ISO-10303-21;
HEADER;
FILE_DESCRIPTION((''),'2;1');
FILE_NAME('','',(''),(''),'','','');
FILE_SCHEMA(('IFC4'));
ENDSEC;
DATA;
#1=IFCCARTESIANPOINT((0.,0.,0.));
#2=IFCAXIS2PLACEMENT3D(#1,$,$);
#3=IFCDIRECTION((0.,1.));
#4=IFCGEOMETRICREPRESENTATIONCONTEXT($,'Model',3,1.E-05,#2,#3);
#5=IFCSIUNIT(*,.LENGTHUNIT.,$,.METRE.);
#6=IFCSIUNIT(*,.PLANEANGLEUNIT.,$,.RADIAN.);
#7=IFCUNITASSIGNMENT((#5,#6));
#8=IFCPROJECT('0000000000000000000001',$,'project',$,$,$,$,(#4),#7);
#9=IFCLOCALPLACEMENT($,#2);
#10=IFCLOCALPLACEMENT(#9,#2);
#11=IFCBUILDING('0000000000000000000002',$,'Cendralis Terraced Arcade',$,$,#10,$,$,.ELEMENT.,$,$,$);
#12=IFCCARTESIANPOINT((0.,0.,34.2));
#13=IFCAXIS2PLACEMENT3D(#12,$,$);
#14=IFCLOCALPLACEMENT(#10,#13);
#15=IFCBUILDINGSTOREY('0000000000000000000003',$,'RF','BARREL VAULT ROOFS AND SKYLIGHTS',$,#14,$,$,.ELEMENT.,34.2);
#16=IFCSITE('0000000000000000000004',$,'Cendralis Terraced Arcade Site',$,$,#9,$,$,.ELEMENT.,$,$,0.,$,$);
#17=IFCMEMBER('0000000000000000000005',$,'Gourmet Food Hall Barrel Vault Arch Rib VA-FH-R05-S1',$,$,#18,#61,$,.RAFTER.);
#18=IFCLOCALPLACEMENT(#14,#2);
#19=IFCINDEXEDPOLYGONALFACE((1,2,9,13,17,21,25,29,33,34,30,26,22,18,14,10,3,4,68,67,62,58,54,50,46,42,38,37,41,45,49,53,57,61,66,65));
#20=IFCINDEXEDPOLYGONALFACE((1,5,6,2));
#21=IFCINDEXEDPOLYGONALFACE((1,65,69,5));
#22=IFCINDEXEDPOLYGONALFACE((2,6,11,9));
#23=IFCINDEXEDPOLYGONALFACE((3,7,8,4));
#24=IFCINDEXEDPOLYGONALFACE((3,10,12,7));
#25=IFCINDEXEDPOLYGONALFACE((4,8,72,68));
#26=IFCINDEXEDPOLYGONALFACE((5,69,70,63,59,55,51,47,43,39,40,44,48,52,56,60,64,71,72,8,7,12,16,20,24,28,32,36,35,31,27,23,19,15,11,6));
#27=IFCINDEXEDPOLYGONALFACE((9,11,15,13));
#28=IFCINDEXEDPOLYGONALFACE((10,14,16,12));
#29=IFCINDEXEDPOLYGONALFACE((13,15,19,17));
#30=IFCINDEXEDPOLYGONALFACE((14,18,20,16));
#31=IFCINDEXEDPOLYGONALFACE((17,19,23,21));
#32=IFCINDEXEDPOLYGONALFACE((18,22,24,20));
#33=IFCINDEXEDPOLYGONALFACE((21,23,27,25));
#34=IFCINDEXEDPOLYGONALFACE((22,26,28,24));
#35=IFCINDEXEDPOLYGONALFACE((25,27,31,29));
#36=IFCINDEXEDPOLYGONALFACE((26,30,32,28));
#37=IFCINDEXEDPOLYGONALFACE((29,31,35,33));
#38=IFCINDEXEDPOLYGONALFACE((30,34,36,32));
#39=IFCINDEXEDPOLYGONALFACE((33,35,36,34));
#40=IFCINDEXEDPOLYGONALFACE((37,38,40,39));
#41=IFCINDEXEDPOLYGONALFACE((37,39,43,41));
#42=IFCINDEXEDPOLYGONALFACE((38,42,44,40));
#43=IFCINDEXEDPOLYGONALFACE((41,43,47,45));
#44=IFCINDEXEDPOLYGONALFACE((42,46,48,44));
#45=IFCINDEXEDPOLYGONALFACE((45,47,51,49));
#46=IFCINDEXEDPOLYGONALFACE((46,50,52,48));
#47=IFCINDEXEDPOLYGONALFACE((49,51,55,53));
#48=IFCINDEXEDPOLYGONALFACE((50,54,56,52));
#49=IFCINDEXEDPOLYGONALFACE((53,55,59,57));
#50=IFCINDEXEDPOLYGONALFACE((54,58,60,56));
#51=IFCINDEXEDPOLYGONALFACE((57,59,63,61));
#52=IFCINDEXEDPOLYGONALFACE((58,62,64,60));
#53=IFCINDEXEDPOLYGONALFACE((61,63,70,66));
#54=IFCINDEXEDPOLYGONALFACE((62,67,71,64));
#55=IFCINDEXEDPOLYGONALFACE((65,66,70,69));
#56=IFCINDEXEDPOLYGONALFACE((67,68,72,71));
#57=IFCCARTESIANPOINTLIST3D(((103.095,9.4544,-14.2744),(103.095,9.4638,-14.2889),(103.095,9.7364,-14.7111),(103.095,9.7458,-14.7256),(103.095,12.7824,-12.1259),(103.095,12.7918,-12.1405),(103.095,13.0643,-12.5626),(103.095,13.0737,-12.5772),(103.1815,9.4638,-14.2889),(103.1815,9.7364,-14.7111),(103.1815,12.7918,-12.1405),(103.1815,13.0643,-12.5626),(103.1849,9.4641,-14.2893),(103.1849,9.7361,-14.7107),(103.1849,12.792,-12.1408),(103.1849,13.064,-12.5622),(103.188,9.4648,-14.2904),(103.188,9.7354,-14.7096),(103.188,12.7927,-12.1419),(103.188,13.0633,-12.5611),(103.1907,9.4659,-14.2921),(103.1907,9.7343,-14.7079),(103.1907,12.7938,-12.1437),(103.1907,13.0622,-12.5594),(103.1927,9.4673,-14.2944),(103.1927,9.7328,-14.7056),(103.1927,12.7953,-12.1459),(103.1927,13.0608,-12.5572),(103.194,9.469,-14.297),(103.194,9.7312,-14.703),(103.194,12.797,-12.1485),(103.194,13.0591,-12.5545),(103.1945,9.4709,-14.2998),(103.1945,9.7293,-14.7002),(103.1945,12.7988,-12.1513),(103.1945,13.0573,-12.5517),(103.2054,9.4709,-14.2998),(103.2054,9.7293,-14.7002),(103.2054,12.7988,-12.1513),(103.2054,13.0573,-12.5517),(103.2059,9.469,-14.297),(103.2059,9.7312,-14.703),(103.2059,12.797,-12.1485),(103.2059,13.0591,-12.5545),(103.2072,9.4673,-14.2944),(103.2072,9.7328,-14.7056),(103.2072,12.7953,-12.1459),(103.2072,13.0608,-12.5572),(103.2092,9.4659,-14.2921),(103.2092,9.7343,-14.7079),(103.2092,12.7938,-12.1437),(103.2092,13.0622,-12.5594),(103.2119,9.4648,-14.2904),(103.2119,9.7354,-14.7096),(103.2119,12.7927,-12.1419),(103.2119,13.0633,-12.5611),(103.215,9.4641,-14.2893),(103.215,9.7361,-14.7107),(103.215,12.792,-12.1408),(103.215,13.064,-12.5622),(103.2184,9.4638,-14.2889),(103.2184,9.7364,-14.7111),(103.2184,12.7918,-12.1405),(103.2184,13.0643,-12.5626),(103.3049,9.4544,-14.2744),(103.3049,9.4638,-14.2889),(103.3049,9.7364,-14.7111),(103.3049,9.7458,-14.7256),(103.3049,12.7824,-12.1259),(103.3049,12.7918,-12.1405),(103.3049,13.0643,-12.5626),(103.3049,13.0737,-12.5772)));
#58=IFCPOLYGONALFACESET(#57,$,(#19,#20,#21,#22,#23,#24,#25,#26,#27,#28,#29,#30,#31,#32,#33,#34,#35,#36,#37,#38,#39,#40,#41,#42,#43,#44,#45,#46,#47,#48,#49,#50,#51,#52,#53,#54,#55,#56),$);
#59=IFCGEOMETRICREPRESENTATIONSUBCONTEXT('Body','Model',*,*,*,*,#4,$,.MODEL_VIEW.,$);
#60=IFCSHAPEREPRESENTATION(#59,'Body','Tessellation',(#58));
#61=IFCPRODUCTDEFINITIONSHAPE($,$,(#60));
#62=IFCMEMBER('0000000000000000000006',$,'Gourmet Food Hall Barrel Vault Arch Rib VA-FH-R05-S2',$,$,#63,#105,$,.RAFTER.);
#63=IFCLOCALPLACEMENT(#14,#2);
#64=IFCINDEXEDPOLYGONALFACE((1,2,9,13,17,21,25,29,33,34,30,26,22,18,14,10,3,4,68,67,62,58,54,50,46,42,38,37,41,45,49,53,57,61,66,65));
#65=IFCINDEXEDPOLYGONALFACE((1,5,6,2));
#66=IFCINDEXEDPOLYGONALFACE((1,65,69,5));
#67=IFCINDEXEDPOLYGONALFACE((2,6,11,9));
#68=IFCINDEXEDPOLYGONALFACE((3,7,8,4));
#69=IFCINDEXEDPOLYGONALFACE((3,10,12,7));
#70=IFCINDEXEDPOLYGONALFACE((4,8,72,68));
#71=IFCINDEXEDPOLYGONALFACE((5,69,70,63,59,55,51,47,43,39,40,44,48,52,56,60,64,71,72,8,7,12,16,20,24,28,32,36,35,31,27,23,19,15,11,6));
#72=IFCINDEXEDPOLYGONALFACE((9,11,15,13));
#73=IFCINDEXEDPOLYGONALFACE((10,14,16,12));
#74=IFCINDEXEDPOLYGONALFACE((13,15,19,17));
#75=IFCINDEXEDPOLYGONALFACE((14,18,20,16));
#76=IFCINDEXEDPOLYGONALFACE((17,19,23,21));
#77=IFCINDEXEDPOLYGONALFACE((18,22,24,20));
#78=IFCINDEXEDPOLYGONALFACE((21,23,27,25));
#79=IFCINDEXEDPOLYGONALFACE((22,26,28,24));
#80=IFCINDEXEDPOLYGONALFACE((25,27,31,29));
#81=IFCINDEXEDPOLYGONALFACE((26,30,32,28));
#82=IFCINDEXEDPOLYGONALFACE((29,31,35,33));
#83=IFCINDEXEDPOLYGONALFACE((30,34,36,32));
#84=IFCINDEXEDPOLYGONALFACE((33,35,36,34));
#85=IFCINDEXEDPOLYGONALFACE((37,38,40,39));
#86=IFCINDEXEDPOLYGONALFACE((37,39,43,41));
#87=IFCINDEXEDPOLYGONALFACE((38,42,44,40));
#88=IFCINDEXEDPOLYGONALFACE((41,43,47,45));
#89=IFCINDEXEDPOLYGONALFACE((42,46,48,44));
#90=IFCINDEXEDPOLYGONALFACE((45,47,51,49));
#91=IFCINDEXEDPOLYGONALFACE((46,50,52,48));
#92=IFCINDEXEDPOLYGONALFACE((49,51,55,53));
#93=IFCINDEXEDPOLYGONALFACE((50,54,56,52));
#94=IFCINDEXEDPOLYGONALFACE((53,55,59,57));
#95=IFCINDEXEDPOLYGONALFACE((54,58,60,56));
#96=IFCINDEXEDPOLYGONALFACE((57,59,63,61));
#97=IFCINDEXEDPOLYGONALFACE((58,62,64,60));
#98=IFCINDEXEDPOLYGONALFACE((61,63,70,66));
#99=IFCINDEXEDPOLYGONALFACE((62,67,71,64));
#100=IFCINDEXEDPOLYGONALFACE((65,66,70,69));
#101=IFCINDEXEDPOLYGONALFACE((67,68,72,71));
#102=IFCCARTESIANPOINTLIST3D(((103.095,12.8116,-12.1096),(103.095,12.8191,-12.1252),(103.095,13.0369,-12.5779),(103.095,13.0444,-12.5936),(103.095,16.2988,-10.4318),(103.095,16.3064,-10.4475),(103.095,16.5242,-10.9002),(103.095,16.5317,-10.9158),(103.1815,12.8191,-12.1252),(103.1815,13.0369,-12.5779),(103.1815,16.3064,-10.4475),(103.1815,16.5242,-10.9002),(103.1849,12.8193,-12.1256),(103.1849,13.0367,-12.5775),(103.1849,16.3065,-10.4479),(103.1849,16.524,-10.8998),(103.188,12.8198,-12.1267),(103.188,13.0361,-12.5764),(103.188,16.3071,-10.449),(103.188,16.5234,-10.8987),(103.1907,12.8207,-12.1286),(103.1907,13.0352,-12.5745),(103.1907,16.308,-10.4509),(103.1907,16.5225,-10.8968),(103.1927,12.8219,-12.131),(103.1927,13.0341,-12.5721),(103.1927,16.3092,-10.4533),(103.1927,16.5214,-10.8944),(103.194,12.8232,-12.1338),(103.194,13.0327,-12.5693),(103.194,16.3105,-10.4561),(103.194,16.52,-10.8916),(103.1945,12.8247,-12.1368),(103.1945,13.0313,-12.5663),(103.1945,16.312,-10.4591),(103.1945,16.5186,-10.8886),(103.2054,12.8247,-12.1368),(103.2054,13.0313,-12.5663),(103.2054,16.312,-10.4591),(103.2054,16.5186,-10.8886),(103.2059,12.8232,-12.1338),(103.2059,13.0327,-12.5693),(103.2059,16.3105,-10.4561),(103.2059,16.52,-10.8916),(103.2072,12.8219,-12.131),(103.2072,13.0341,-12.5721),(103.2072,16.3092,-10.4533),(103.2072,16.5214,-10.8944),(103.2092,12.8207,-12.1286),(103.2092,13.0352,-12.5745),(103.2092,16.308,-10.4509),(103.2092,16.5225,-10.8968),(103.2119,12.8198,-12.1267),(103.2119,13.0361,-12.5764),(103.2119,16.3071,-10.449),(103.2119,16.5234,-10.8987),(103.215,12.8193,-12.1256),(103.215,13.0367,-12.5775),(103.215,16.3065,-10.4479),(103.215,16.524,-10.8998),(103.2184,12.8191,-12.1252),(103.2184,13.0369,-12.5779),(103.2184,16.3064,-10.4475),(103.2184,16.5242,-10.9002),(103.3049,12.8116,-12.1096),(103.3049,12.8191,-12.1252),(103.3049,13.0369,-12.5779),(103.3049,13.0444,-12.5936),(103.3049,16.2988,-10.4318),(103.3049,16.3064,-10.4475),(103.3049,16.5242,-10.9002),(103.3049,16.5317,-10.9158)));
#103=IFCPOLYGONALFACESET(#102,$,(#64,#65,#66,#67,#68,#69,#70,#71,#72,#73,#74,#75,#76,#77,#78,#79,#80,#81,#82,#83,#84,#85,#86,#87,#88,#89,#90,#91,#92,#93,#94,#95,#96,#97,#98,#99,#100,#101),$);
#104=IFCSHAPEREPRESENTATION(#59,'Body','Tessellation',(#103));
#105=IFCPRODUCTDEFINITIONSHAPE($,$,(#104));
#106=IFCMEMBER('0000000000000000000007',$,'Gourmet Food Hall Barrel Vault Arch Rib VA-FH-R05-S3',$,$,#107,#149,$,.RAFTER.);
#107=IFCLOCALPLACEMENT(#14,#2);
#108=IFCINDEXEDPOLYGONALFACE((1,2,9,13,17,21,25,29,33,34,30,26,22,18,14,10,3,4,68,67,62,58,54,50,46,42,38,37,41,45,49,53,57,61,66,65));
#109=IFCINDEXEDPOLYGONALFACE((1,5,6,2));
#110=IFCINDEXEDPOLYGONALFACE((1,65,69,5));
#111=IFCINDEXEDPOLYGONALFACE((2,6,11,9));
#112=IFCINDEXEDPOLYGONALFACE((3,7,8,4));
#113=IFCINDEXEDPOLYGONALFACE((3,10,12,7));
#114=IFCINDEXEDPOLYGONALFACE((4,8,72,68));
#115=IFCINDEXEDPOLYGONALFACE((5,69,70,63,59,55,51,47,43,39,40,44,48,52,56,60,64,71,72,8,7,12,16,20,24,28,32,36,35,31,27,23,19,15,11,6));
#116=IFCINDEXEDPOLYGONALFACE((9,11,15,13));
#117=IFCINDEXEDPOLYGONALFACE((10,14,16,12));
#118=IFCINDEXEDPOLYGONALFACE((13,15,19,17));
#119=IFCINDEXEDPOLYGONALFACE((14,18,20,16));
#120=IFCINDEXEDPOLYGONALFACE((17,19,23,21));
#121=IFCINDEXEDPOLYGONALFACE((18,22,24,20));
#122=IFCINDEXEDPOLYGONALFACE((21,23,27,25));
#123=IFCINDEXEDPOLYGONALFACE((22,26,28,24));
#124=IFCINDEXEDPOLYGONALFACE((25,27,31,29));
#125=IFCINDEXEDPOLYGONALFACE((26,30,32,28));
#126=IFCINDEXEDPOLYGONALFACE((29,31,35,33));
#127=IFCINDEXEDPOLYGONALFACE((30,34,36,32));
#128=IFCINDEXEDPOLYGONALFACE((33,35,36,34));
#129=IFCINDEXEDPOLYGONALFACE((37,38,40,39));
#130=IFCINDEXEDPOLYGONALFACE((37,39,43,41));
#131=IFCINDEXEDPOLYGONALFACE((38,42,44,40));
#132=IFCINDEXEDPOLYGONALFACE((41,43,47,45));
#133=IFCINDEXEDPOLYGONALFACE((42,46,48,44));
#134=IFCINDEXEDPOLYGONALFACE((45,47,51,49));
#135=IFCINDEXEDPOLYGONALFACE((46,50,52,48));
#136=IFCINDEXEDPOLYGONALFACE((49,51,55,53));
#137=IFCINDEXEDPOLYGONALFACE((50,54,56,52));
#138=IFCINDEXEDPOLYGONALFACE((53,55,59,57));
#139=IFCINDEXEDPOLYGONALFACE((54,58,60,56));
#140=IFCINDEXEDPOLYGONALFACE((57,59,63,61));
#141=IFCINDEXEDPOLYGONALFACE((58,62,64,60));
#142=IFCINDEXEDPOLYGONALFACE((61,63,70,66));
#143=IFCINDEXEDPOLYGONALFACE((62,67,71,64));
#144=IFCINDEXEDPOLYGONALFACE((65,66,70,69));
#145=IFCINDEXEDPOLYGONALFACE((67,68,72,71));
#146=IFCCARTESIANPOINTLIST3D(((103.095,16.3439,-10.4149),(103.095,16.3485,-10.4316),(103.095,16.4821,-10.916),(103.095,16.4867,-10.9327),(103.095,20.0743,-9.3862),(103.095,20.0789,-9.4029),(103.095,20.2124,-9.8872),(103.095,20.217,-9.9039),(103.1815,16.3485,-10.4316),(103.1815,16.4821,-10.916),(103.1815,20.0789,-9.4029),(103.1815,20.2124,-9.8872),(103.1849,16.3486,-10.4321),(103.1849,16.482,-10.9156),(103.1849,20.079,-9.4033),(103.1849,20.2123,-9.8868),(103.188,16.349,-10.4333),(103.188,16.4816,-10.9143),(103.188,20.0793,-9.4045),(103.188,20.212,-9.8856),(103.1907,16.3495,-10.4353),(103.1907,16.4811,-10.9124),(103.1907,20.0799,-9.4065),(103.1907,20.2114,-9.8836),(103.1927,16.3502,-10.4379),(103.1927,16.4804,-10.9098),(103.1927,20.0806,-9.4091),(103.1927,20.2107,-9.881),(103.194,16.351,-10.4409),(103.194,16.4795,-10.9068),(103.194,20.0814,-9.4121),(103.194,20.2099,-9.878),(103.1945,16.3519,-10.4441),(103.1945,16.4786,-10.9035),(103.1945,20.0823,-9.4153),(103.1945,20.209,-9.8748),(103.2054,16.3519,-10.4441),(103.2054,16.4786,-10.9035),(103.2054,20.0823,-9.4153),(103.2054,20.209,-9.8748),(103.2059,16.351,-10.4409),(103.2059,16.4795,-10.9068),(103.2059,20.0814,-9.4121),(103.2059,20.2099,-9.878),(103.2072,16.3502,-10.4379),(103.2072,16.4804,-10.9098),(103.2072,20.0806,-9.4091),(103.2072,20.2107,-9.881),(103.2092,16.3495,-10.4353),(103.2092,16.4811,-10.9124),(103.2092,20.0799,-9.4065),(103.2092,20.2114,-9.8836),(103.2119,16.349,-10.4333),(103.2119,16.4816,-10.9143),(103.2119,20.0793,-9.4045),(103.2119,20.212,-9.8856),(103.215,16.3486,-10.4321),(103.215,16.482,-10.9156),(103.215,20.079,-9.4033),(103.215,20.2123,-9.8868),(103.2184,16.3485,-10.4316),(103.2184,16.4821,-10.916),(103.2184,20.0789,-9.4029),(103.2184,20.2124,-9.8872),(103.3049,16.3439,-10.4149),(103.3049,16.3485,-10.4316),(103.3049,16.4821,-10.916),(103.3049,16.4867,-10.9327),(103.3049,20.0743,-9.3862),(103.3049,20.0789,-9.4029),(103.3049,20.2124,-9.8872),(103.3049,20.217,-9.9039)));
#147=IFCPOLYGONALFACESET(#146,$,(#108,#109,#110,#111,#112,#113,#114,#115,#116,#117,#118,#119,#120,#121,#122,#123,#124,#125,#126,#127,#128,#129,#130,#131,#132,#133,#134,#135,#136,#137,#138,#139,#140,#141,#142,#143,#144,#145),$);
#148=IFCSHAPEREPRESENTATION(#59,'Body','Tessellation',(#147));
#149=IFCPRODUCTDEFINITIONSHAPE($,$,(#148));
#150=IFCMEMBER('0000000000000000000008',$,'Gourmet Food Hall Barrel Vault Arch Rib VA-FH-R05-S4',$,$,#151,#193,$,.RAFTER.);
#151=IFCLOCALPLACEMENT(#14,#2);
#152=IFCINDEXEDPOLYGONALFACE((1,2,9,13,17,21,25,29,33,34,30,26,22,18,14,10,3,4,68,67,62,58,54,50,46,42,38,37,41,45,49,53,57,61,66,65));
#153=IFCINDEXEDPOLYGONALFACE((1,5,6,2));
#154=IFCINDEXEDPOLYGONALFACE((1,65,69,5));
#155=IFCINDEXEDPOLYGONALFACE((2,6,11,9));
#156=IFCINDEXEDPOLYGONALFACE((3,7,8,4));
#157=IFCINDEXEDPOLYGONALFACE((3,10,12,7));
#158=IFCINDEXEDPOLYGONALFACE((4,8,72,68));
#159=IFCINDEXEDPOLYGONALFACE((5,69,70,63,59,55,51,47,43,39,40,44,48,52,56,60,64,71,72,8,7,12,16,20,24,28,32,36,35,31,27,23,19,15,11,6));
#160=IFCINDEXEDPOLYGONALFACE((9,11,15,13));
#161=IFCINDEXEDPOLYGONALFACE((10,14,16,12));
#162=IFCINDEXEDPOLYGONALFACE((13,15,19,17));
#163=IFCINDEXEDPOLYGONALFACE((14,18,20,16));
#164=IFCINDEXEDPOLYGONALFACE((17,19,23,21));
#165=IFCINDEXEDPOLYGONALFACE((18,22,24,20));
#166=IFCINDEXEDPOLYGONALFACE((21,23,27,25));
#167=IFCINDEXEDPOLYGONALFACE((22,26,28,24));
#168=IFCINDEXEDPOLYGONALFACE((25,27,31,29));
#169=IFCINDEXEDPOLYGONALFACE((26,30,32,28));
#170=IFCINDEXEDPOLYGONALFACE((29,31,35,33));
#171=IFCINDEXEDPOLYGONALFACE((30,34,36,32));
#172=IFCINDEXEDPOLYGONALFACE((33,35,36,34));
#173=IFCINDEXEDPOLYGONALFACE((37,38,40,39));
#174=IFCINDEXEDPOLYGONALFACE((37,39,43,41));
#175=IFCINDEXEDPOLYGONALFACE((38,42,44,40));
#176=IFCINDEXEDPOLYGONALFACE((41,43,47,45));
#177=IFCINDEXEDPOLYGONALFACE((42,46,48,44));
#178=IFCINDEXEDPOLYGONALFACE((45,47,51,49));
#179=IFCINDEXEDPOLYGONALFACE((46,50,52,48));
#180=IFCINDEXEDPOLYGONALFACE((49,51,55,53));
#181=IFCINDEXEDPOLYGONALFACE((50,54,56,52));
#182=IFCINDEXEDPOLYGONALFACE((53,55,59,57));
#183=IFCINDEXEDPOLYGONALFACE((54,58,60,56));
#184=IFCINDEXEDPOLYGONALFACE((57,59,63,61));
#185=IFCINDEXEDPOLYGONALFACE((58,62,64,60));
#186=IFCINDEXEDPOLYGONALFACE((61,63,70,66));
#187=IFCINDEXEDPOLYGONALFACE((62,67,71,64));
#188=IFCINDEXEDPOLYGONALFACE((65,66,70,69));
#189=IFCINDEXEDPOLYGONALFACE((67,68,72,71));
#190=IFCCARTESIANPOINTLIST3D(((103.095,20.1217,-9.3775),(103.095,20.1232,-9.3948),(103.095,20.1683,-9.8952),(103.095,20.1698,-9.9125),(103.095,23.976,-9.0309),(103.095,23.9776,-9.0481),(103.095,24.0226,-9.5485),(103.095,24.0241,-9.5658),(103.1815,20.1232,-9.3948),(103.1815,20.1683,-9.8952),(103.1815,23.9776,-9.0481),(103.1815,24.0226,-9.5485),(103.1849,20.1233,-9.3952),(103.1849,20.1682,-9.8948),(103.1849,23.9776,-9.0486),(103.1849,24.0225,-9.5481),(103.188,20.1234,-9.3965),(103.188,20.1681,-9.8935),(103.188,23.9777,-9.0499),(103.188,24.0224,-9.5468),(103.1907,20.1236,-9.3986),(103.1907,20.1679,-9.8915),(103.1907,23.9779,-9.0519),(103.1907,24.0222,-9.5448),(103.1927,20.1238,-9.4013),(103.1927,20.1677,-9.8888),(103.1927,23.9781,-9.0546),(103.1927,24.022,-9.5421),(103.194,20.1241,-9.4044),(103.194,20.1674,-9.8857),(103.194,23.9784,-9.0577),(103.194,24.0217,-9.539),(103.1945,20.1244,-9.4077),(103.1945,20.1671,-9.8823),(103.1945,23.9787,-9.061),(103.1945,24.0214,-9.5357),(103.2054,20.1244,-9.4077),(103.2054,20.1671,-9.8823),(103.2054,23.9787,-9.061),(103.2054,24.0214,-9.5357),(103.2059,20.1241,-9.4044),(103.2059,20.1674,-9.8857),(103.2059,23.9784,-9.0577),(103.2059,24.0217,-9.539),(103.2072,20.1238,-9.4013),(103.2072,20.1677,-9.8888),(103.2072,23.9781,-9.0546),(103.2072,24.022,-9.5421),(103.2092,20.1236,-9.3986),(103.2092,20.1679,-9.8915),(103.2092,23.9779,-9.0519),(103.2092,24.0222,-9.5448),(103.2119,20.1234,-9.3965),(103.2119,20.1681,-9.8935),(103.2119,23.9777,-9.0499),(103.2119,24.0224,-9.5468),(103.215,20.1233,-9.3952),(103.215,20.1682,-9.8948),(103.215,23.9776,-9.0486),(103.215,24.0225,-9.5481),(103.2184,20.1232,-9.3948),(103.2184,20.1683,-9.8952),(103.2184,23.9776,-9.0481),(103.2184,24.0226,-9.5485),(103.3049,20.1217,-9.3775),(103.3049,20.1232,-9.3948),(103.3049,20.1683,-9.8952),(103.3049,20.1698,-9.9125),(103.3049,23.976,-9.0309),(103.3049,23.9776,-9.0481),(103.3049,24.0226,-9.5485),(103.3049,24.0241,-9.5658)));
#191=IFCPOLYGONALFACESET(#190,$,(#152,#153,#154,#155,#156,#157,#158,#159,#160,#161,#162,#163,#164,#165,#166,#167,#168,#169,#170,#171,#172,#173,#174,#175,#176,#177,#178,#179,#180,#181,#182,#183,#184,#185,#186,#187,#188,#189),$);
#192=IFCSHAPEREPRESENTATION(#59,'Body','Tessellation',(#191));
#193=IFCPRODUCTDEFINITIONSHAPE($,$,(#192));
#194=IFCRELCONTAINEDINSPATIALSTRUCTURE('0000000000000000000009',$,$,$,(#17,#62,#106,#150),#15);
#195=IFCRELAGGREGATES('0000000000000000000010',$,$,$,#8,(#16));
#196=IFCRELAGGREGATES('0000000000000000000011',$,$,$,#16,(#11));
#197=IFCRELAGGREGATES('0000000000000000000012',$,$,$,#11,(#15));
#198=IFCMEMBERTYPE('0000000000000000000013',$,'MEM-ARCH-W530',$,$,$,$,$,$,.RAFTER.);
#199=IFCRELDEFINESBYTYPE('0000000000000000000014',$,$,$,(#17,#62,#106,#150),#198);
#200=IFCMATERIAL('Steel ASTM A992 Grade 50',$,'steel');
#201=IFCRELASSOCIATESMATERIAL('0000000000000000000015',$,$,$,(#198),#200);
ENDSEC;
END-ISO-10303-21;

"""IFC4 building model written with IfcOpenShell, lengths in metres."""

from ifc_helpers import new_model, si_unit, direction, frame, origin, origin_2d, place, context, subcontext, project, spatial, i_section, extrude, material, material_profile, profile_set, type_object, element, save


model = new_model("IFC4")

# Units and contexts
model_context = context("Model", 3, precision=1e-05, world=origin(), true_north=direction((0.0, 1.0)))
body_context = subcontext(model_context, "Body", "Model", "MODEL_VIEW")
ifc_project = project(units=[si_unit("LENGTHUNIT", "METRE"), si_unit("PLANEANGLEUNIT", "RADIAN")], contexts=[model_context])

# Site, building, storey
site_placement = place(None, origin())
site = spatial("IfcSite", under=ifc_project, at=site_placement, Name="Cendralis Terraced Arcade Site", CompositionType="ELEMENT", RefElevation=0.0)
building_placement = place(site_placement, origin())
building = spatial("IfcBuilding", under=site, at=building_placement, Name="Cendralis Terraced Arcade", CompositionType="ELEMENT")
storey_placement = place(building_placement, frame((0.0, 0.0, 34.2)))
storey = spatial("IfcBuildingStorey", under=building, at=storey_placement, Name="RF", Description="BARREL VAULT ROOFS AND SKYLIGHTS", CompositionType="ELEMENT", Elevation=34.2)

# Members
ifc_material_1 = material(Name="Steel ASTM A992 Grade 50", Category="steel")
ifc_material_profile_1 = material_profile(ifc_material_1, i_section(OverallWidth=0.21, OverallDepth=0.5371, WebThickness=0.011, FlangeThickness=0.0173, FilletRadius=0.0129, at=origin_2d()), Name="W530X101", Category="LoadBearing")
ifc_profile_set_1 = profile_set([ifc_material_profile_1], Name="Steel ASTM A992 Grade 50")
member_type_1 = type_object("IfcMemberType", Name="MEM-ARCH-W530", PredefinedType="RAFTER", material=ifc_profile_set_1)
member_1_placement = place(storey_placement, frame((103.2, 9.6001, -14.5), z_axis=(0.0, 0.840134, 0.54238), x_axis=(-1.0, 0.0, 0.0)))
element("IfcMember", 1, at=member_1_placement, inside=storey, type_object=member_type_1, Name="Gourmet Food Hall Barrel Vault Arch Rib VA-FH-R05-S1", PredefinedType="RAFTER", context=body_context, shape_type="SweptSolid", body=[
    extrude(i_section(OverallWidth=0.21, OverallDepth=0.5371, WebThickness=0.011, FlangeThickness=0.0173, FilletRadius=0.0129, at=origin_2d()), origin(), (0.0, 0.0, 1.0), 3.9612),
])
member_2_placement = place(storey_placement, frame((103.2, 12.928, -12.3516), z_axis=(0.0, 0.901137, 0.433535), x_axis=(-1.0, 0.0, 0.0)))
element("IfcMember", 2, at=member_2_placement, inside=storey, type_object=member_type_1, Name="Gourmet Food Hall Barrel Vault Arch Rib VA-FH-R05-S2", PredefinedType="RAFTER", context=body_context, shape_type="SweptSolid", body=[
    extrude(i_section(OverallWidth=0.21, OverallDepth=0.5371, WebThickness=0.011, FlangeThickness=0.0173, FilletRadius=0.0129, at=origin_2d()), origin(), (0.0, 0.0, 1.0), 3.8699),
])
member_3_placement = place(storey_placement, frame((103.2, 16.4153, -10.6738), z_axis=(0.0, 0.964012, 0.26586), x_axis=(-1.0, 0.0, 0.0)))
element("IfcMember", 3, at=member_3_placement, inside=storey, type_object=member_type_1, Name="Gourmet Food Hall Barrel Vault Arch Rib VA-FH-R05-S3", PredefinedType="RAFTER", context=body_context, shape_type="SweptSolid", body=[
    extrude(i_section(OverallWidth=0.21, OverallDepth=0.5371, WebThickness=0.011, FlangeThickness=0.0173, FilletRadius=0.0129, at=origin_2d()), origin(), (0.0, 0.0, 1.0), 3.8696),
])
for number, where, z_axis, x_axis, name in (
    (4, (103.2, 20.1458, -9.645), (0.0, 0.995979, 0.089586), (-1.0, 0.0, 0.0), "Gourmet Food Hall Barrel Vault Arch Rib VA-FH-R05-S4"),
):
    element("IfcMember", number, at=place(storey_placement, frame(where, z_axis=z_axis, x_axis=x_axis)), inside=storey, type_object=member_type_1, Name=name, PredefinedType="RAFTER", context=body_context, shape_type="SweptSolid", body=[
        extrude(i_section(OverallWidth=0.21, OverallDepth=0.5371, WebThickness=0.011, FlangeThickness=0.0173, FilletRadius=0.0129, at=origin_2d()), origin(), (0.0, 0.0, 1.0), 3.8699),
    ])

save(model, "model.ifc")
